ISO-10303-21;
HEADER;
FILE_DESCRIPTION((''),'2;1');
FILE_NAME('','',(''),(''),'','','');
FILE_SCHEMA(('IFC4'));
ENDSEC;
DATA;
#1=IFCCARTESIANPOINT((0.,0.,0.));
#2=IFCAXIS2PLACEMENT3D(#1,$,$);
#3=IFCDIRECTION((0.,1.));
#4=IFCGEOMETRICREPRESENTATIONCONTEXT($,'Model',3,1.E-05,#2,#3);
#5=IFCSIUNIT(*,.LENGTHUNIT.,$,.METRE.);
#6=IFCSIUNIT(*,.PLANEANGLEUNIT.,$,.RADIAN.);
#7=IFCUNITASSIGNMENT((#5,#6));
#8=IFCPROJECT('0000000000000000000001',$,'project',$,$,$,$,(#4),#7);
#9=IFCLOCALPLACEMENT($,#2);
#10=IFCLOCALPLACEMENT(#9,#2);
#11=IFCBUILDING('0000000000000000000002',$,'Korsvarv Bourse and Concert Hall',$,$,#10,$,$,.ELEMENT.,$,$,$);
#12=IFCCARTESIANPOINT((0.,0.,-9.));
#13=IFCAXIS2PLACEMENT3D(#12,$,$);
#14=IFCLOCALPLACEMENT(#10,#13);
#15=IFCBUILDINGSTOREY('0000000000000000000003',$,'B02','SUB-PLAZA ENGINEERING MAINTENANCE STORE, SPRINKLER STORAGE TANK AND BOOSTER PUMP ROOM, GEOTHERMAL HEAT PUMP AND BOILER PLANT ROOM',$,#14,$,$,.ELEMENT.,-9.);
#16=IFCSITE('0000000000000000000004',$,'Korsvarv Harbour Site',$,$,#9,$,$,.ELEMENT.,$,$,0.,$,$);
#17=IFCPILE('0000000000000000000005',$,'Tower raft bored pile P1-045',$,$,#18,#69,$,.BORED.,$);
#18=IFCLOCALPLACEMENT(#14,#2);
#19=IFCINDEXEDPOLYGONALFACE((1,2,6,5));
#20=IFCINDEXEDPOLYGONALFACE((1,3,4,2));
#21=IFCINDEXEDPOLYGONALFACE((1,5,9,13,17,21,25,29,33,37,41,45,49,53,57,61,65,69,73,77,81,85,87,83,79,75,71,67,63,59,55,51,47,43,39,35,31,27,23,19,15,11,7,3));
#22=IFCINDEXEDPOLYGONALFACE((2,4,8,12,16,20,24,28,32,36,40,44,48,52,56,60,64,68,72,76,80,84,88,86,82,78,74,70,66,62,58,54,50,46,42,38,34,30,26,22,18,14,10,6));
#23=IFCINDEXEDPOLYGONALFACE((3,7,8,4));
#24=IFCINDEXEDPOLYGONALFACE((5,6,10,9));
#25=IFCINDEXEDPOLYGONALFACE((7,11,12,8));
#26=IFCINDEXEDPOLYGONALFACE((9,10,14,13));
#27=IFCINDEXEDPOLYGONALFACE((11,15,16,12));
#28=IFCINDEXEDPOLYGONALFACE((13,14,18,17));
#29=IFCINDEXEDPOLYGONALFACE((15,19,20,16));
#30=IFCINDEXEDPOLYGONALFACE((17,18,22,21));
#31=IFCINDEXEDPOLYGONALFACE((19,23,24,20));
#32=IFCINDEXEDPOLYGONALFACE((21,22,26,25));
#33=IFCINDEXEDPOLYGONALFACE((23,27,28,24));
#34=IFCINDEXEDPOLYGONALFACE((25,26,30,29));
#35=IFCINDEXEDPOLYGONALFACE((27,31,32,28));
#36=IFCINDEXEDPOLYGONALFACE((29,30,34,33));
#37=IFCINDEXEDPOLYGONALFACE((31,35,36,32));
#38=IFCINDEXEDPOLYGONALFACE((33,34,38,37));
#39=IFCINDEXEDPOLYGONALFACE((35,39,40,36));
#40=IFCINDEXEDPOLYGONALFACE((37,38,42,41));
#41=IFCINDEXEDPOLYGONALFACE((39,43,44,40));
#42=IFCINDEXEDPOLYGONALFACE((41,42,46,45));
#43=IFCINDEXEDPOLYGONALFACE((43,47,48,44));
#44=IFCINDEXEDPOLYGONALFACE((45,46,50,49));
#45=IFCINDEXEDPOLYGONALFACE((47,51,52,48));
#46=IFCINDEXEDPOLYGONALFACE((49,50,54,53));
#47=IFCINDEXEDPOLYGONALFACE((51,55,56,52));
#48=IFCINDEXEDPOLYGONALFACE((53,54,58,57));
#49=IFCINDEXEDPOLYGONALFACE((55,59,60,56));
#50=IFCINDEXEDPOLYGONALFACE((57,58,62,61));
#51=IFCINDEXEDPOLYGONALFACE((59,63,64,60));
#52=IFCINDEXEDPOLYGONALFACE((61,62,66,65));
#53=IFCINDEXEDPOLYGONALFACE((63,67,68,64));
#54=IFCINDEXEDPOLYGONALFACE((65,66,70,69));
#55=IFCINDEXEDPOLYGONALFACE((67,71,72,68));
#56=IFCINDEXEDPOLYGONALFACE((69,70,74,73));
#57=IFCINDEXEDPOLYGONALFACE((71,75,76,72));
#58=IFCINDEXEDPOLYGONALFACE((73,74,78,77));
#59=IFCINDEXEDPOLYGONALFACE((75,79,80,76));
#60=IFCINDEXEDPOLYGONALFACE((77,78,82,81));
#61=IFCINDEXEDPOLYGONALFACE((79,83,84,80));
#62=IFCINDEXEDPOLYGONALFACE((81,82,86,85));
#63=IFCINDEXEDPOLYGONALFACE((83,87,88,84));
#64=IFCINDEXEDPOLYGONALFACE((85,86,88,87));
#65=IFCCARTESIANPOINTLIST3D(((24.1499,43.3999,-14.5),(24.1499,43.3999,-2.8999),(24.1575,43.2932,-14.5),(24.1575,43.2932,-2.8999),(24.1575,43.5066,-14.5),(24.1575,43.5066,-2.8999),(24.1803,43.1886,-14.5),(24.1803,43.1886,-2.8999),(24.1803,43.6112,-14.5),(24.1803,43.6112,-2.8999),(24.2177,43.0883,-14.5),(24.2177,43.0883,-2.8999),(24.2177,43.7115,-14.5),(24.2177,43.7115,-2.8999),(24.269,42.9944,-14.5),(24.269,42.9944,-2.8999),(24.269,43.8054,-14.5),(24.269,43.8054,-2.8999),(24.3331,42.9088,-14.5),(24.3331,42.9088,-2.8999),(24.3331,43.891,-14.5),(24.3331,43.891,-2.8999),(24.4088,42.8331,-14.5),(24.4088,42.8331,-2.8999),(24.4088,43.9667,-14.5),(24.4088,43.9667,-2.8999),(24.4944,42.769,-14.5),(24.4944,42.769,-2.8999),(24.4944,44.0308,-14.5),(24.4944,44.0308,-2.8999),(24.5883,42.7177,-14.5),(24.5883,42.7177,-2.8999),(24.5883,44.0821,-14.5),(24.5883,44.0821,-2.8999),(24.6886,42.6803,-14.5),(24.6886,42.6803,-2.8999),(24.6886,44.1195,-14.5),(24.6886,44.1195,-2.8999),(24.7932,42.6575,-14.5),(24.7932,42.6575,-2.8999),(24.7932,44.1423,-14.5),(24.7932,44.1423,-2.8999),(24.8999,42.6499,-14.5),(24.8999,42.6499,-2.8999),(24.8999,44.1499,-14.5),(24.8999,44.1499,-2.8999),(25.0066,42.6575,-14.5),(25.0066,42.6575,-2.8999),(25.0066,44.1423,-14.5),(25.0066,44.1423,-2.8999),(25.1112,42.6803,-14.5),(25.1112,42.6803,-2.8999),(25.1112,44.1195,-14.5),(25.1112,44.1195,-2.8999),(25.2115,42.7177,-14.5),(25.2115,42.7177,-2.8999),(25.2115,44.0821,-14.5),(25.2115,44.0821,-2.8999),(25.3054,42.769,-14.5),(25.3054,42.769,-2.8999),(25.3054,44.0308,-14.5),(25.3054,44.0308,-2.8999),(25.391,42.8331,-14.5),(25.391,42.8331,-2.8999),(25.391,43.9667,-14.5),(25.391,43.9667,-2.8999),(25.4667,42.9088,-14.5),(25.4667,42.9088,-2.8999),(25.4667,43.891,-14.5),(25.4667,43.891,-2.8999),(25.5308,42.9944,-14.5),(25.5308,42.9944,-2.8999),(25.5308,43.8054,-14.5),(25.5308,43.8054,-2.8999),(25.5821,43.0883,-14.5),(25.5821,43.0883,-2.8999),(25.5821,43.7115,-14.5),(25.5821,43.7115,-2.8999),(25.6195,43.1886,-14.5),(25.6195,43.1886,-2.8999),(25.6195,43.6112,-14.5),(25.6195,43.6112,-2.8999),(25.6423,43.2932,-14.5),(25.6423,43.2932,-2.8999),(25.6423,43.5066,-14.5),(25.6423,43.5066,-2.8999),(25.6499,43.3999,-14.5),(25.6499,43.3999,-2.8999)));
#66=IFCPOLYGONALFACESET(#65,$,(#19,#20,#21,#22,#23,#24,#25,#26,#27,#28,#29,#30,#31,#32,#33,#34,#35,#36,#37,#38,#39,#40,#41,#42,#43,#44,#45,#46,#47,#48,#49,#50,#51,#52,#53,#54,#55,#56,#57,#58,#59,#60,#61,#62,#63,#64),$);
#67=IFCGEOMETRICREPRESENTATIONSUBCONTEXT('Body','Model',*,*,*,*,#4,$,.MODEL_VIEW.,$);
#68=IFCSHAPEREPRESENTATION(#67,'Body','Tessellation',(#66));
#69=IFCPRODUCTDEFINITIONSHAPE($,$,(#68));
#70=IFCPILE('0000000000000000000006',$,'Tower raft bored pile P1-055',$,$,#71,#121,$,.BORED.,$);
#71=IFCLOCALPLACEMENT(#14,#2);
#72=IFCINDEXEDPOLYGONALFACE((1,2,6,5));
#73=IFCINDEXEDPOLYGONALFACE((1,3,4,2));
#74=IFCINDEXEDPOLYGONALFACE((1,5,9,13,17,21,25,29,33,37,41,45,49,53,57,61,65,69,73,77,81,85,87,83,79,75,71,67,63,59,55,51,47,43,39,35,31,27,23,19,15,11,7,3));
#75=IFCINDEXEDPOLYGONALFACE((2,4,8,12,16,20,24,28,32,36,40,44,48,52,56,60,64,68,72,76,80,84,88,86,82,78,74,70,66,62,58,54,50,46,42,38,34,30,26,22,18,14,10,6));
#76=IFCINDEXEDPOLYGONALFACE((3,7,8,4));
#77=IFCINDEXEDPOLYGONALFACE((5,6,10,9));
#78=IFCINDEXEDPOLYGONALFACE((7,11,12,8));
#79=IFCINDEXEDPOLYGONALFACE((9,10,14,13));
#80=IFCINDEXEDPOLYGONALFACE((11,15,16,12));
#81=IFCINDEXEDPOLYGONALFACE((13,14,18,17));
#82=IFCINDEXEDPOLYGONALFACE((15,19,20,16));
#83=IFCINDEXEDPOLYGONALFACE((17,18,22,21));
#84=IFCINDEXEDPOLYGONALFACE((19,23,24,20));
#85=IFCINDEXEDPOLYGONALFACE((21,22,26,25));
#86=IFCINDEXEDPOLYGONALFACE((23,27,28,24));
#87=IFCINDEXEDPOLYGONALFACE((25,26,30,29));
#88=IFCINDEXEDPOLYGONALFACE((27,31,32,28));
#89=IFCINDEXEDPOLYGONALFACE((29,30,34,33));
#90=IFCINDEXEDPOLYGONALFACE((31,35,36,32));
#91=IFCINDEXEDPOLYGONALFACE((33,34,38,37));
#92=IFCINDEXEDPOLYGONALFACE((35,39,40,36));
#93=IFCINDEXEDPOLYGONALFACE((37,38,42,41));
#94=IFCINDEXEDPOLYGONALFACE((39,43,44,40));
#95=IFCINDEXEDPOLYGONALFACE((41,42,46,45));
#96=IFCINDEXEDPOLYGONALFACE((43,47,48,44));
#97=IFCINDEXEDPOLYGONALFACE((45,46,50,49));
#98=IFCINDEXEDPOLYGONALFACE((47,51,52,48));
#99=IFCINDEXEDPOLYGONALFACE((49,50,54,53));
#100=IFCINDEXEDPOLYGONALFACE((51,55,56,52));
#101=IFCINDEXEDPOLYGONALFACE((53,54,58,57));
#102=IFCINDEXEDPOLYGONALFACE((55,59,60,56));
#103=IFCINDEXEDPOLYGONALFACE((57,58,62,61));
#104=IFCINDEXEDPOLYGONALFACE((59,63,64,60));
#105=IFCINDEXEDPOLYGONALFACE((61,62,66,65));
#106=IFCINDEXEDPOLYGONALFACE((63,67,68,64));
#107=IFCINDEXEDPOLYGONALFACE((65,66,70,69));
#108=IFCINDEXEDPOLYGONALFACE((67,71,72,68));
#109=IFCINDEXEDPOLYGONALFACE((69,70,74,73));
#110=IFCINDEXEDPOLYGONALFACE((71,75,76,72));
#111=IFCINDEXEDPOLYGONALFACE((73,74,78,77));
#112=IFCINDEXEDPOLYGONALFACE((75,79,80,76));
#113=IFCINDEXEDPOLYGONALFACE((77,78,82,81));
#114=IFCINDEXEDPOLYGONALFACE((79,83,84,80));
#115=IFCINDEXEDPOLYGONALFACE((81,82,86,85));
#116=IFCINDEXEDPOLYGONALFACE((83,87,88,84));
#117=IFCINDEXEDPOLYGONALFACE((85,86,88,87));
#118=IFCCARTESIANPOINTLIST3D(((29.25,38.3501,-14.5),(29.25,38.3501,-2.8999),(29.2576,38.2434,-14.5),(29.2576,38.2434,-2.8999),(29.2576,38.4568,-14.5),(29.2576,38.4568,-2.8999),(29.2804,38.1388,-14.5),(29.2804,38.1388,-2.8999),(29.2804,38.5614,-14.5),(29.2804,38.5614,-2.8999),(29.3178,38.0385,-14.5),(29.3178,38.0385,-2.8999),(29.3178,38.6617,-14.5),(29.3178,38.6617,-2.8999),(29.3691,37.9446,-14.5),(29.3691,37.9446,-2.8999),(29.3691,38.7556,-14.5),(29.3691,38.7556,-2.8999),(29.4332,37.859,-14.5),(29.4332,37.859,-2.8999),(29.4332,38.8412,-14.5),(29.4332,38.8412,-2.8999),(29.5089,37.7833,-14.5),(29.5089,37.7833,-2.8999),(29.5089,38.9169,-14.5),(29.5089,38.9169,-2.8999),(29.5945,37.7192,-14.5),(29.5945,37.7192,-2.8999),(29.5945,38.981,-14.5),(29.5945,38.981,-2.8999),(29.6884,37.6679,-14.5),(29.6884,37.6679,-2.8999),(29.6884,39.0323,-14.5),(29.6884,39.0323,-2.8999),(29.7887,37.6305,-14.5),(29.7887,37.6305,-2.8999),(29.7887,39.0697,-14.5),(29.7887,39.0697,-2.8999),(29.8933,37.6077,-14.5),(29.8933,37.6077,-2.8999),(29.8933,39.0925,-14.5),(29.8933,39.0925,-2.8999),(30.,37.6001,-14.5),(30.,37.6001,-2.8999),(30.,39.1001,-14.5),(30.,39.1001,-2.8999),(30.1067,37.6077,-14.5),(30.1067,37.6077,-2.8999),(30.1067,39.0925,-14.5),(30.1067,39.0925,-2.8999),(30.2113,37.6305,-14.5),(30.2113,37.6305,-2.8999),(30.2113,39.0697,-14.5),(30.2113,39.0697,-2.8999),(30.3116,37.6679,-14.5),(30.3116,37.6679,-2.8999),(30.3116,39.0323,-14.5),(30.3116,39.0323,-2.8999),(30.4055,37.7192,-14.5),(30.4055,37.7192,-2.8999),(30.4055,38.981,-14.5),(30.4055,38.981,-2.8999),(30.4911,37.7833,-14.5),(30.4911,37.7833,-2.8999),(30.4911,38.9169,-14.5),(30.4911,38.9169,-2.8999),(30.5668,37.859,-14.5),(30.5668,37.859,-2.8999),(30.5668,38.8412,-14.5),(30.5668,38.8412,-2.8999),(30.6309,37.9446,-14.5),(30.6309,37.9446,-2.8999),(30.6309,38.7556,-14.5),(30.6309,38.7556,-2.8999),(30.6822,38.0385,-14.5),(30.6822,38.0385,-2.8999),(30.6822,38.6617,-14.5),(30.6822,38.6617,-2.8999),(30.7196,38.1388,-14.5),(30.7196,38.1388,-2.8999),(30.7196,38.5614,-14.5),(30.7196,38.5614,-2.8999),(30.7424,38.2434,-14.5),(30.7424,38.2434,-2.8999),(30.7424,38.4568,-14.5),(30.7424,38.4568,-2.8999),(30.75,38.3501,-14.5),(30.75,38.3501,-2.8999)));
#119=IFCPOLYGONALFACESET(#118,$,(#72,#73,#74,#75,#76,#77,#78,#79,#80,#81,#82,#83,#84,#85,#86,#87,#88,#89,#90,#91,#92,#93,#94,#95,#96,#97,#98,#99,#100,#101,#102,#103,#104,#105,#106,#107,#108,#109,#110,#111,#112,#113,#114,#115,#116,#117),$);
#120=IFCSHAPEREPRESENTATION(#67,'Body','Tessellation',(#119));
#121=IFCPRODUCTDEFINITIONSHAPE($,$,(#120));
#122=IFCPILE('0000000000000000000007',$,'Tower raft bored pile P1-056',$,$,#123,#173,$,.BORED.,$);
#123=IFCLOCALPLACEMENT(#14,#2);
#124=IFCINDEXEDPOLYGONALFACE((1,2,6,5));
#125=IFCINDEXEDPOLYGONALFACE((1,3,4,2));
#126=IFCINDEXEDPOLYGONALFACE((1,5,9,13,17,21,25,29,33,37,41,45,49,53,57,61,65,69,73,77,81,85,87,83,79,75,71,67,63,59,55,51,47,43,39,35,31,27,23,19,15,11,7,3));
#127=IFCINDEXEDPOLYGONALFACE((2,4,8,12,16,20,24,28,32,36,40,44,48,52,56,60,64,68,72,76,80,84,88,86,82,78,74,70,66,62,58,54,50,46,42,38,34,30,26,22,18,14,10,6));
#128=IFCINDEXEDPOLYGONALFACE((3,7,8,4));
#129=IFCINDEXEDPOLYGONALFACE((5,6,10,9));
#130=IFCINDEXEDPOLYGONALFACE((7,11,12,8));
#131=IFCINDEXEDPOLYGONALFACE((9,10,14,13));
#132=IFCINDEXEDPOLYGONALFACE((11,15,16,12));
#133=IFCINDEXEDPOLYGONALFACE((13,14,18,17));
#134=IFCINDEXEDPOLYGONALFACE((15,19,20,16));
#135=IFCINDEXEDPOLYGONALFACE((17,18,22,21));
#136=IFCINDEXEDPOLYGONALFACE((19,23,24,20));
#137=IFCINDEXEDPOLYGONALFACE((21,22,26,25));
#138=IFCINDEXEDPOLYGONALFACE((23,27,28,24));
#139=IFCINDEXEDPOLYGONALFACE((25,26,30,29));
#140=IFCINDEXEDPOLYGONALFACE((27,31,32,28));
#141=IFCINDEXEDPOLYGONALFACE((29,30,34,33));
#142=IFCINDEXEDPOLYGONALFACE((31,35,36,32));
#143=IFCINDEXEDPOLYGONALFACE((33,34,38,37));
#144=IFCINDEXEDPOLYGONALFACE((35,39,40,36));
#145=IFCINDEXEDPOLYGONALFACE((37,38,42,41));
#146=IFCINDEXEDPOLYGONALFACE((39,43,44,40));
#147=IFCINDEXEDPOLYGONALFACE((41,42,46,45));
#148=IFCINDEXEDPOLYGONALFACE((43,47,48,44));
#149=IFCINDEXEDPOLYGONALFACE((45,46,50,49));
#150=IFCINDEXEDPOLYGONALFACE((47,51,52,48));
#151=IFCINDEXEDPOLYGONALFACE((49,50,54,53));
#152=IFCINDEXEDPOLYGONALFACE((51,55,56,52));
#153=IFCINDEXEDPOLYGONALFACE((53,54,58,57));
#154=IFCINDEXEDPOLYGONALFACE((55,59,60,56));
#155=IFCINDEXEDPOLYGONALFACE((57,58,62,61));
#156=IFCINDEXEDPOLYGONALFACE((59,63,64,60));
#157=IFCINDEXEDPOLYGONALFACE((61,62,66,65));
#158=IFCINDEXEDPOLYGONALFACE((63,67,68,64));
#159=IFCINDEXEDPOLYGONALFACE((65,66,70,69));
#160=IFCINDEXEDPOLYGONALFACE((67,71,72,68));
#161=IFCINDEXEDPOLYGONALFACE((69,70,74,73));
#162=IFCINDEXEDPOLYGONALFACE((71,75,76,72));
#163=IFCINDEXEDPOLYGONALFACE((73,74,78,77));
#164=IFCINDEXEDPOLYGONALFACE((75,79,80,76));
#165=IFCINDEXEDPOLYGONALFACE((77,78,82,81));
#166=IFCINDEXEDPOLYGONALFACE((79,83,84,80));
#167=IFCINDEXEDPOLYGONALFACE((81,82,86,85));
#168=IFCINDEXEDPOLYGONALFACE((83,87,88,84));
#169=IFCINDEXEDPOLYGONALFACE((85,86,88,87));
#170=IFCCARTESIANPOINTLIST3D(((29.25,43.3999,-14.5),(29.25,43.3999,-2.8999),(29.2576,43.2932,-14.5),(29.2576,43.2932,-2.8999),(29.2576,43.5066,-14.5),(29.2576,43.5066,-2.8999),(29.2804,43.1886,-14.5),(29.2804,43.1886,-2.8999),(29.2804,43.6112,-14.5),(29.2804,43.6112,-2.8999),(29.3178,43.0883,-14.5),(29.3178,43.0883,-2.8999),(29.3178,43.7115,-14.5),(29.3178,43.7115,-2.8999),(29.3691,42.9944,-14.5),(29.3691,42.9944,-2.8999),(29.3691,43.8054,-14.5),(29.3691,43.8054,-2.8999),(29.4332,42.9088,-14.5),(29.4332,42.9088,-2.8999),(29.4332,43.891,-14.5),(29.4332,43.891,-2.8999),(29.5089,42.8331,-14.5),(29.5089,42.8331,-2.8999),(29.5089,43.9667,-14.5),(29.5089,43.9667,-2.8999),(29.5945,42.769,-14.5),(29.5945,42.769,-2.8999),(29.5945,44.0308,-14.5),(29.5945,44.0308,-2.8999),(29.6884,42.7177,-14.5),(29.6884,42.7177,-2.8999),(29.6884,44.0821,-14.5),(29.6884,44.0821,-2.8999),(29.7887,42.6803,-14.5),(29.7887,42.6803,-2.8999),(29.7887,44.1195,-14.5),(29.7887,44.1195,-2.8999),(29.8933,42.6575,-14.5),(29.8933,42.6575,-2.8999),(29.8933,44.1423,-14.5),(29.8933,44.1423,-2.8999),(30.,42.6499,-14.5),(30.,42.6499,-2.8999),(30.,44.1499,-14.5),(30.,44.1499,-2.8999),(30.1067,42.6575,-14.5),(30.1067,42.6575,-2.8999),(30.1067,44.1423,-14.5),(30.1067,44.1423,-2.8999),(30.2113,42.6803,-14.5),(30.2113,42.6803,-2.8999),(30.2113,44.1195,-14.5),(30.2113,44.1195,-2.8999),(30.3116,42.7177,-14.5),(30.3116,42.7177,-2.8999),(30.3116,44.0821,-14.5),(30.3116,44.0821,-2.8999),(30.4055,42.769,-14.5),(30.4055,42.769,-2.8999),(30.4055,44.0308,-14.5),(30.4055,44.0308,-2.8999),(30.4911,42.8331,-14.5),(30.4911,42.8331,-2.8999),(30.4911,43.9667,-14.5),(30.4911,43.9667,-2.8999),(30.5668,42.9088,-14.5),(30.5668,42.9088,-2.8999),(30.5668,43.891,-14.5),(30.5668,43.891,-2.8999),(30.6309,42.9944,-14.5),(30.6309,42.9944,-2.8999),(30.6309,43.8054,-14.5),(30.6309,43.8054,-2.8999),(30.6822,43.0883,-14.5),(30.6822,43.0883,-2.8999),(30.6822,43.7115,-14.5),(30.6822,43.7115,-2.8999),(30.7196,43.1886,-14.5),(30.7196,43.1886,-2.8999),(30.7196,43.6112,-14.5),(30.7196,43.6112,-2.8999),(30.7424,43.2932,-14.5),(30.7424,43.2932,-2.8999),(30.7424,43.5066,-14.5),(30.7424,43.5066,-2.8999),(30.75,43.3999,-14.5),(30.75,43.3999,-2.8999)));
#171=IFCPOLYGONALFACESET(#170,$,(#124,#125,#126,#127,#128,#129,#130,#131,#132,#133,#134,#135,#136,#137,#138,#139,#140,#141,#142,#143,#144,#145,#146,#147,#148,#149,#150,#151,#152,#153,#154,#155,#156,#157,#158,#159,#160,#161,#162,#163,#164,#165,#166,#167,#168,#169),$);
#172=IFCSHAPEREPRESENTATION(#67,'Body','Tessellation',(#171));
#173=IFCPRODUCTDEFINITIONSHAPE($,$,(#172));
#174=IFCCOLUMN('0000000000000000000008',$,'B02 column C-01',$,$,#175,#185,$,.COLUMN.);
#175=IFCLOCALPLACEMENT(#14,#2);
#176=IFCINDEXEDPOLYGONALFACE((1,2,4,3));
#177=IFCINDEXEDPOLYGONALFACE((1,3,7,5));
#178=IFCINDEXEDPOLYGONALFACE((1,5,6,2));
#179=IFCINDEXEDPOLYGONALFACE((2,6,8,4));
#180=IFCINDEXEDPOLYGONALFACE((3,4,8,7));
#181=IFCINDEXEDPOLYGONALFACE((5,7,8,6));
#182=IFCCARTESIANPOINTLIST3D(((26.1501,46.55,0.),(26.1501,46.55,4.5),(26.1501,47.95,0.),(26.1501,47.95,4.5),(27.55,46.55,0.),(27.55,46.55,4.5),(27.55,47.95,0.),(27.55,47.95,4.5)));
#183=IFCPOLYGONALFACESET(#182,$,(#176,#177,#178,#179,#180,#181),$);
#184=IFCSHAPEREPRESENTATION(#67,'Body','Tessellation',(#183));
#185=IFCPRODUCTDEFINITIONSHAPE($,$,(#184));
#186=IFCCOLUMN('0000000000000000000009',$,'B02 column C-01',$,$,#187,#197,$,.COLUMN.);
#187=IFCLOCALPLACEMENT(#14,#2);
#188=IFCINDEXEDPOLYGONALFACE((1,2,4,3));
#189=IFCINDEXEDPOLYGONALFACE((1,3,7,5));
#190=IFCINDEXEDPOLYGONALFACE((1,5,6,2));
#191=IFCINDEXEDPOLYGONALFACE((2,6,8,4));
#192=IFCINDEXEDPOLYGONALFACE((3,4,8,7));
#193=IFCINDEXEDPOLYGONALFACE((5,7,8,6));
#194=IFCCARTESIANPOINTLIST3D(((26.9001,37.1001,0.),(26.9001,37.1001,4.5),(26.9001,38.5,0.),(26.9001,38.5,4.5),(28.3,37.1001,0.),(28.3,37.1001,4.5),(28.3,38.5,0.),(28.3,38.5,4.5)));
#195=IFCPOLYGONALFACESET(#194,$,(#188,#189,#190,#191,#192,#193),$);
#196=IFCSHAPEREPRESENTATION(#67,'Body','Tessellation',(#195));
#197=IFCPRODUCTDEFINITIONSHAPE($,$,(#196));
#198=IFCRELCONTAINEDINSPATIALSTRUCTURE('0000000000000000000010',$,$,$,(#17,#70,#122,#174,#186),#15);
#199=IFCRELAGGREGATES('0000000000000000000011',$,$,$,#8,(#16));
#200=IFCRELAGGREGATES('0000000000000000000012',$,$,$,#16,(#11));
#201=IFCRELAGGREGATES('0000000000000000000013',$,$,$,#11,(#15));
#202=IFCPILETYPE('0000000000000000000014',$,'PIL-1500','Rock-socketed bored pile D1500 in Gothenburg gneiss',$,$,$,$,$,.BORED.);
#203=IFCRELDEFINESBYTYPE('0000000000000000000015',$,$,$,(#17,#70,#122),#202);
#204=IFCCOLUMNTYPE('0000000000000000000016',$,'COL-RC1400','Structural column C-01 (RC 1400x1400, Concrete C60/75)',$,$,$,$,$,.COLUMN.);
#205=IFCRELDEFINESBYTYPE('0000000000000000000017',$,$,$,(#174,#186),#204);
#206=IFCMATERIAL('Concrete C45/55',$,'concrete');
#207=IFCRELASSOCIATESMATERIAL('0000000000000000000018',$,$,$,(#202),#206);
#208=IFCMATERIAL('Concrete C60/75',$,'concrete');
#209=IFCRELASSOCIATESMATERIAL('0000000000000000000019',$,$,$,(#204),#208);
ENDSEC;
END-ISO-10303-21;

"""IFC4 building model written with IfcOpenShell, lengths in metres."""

from ifc_helpers import new_model, si_unit, direction, frame, origin, origin_2d, place, context, subcontext, project, spatial, rectangle, circle, extrude, source, transform, mapped, material, material_profile, profile_set, type_object, element, save


model = new_model("IFC4")

# Units and contexts
model_context = context("Model", 3, precision=1e-05, world=origin(), true_north=direction((0.0, 1.0)))
body_context = subcontext(model_context, "Body", "Model", "MODEL_VIEW")
ifc_project = project(units=[si_unit("LENGTHUNIT", "METRE"), si_unit("PLANEANGLEUNIT", "RADIAN")], contexts=[model_context])

# Site, building, storey
site_placement = place(None, origin())
site = spatial("IfcSite", under=ifc_project, at=site_placement, Name="Korsvarv Harbour Site", CompositionType="ELEMENT", RefElevation=0.0)
building_placement = place(site_placement, origin())
building = spatial("IfcBuilding", under=site, at=building_placement, Name="Korsvarv Bourse and Concert Hall", CompositionType="ELEMENT")
storey_placement = place(building_placement, frame((0.0, 0.0, -9.0)))
storey = spatial("IfcBuildingStorey", under=building, at=storey_placement, Name="B02", Description="SUB-PLAZA ENGINEERING MAINTENANCE STORE, SPRINKLER STORAGE TANK AND BOOSTER PUMP ROOM, GEOTHERMAL HEAT PUMP AND BOILER PLANT ROOM", CompositionType="ELEMENT", Elevation=-9.0)

# Piles
ifc_material_1 = material(Name="Concrete C45/55", Category="concrete")
ifc_material_profile_1 = material_profile(ifc_material_1, circle(Radius=0.75, at=origin_2d()), Name="PILE D1500")
ifc_profile_set_1 = profile_set([ifc_material_profile_1], Name="Concrete C45/55")
pile_type = type_object("IfcPileType", Name="PIL-1500", Description="Rock-socketed bored pile D1500 in Gothenburg gneiss", PredefinedType="BORED", material=ifc_profile_set_1)
shared_shape_1 = source(origin(), body_context, "Body", "SweptSolid", [
    extrude(circle(Radius=0.75, at=origin_2d()), origin(), (0.0, 0.0, 1.0), 11.6001),
])
for number, where, z_axis, x_axis, name in (
    (1, (24.8999, 43.3999, -2.8999), (0.0, 0.0, -1.0), (1.0, 0.0, 0.0), "Tower raft bored pile P1-045"),
    (2, (30.0, 38.3501, -2.8999), (0.0, 0.0, -1.0), (1.0, 0.0, 0.0), "Tower raft bored pile P1-055"),
    (3, (30.0, 43.3999, -2.8999), (0.0, 0.0, -1.0), (1.0, 0.0, 0.0), "Tower raft bored pile P1-056"),
):
    element("IfcPile", number, at=place(storey_placement, frame(where, z_axis=z_axis, x_axis=x_axis)), inside=storey, type_object=pile_type, Name=name, PredefinedType="BORED", context=body_context, shape_type="MappedRepresentation", body=[
        mapped(shared_shape_1, transform((0.0, 0.0, 0.0), scale=1.0)),
    ])

# Columns
ifc_material_2 = material(Name="Concrete C60/75", Category="concrete")
ifc_material_profile_2 = material_profile(ifc_material_2, rectangle(XDim=1.3999, YDim=1.3999, at=origin_2d()), Name="RC 1400x1400")
ifc_profile_set_2 = profile_set([ifc_material_profile_2], Name="Concrete C60/75")
column_type_1 = type_object("IfcColumnType", Name="COL-RC1400", Description="Structural column C-01 (RC 1400x1400, Concrete C60/75)", PredefinedType="COLUMN", material=ifc_profile_set_2)
shared_shape_2 = source(origin(), body_context, "Body", "SweptSolid", [
    extrude(rectangle(XDim=1.3999, YDim=1.3999, at=origin_2d()), origin(), (0.0, 0.0, 1.0), 4.5),
])
for number, where, z_axis, x_axis, name in (
    (4, (26.8501, 47.25, 0.0), (0.0, 0.0, 1.0), (1.0, 0.0, 0.0), "B02 column C-01"),
    (5, (27.6001, 37.8, 0.0), (0.0, 0.0, 1.0), (1.0, 0.0, 0.0), "B02 column C-01"),
):
    element("IfcColumn", number, at=place(storey_placement, frame(where, z_axis=z_axis, x_axis=x_axis)), inside=storey, type_object=column_type_1, Name=name, PredefinedType="COLUMN", context=body_context, shape_type="MappedRepresentation", body=[
        mapped(shared_shape_2, transform((0.0, 0.0, 0.0), scale=1.0)),
    ])

save(model, "model.ifc")
